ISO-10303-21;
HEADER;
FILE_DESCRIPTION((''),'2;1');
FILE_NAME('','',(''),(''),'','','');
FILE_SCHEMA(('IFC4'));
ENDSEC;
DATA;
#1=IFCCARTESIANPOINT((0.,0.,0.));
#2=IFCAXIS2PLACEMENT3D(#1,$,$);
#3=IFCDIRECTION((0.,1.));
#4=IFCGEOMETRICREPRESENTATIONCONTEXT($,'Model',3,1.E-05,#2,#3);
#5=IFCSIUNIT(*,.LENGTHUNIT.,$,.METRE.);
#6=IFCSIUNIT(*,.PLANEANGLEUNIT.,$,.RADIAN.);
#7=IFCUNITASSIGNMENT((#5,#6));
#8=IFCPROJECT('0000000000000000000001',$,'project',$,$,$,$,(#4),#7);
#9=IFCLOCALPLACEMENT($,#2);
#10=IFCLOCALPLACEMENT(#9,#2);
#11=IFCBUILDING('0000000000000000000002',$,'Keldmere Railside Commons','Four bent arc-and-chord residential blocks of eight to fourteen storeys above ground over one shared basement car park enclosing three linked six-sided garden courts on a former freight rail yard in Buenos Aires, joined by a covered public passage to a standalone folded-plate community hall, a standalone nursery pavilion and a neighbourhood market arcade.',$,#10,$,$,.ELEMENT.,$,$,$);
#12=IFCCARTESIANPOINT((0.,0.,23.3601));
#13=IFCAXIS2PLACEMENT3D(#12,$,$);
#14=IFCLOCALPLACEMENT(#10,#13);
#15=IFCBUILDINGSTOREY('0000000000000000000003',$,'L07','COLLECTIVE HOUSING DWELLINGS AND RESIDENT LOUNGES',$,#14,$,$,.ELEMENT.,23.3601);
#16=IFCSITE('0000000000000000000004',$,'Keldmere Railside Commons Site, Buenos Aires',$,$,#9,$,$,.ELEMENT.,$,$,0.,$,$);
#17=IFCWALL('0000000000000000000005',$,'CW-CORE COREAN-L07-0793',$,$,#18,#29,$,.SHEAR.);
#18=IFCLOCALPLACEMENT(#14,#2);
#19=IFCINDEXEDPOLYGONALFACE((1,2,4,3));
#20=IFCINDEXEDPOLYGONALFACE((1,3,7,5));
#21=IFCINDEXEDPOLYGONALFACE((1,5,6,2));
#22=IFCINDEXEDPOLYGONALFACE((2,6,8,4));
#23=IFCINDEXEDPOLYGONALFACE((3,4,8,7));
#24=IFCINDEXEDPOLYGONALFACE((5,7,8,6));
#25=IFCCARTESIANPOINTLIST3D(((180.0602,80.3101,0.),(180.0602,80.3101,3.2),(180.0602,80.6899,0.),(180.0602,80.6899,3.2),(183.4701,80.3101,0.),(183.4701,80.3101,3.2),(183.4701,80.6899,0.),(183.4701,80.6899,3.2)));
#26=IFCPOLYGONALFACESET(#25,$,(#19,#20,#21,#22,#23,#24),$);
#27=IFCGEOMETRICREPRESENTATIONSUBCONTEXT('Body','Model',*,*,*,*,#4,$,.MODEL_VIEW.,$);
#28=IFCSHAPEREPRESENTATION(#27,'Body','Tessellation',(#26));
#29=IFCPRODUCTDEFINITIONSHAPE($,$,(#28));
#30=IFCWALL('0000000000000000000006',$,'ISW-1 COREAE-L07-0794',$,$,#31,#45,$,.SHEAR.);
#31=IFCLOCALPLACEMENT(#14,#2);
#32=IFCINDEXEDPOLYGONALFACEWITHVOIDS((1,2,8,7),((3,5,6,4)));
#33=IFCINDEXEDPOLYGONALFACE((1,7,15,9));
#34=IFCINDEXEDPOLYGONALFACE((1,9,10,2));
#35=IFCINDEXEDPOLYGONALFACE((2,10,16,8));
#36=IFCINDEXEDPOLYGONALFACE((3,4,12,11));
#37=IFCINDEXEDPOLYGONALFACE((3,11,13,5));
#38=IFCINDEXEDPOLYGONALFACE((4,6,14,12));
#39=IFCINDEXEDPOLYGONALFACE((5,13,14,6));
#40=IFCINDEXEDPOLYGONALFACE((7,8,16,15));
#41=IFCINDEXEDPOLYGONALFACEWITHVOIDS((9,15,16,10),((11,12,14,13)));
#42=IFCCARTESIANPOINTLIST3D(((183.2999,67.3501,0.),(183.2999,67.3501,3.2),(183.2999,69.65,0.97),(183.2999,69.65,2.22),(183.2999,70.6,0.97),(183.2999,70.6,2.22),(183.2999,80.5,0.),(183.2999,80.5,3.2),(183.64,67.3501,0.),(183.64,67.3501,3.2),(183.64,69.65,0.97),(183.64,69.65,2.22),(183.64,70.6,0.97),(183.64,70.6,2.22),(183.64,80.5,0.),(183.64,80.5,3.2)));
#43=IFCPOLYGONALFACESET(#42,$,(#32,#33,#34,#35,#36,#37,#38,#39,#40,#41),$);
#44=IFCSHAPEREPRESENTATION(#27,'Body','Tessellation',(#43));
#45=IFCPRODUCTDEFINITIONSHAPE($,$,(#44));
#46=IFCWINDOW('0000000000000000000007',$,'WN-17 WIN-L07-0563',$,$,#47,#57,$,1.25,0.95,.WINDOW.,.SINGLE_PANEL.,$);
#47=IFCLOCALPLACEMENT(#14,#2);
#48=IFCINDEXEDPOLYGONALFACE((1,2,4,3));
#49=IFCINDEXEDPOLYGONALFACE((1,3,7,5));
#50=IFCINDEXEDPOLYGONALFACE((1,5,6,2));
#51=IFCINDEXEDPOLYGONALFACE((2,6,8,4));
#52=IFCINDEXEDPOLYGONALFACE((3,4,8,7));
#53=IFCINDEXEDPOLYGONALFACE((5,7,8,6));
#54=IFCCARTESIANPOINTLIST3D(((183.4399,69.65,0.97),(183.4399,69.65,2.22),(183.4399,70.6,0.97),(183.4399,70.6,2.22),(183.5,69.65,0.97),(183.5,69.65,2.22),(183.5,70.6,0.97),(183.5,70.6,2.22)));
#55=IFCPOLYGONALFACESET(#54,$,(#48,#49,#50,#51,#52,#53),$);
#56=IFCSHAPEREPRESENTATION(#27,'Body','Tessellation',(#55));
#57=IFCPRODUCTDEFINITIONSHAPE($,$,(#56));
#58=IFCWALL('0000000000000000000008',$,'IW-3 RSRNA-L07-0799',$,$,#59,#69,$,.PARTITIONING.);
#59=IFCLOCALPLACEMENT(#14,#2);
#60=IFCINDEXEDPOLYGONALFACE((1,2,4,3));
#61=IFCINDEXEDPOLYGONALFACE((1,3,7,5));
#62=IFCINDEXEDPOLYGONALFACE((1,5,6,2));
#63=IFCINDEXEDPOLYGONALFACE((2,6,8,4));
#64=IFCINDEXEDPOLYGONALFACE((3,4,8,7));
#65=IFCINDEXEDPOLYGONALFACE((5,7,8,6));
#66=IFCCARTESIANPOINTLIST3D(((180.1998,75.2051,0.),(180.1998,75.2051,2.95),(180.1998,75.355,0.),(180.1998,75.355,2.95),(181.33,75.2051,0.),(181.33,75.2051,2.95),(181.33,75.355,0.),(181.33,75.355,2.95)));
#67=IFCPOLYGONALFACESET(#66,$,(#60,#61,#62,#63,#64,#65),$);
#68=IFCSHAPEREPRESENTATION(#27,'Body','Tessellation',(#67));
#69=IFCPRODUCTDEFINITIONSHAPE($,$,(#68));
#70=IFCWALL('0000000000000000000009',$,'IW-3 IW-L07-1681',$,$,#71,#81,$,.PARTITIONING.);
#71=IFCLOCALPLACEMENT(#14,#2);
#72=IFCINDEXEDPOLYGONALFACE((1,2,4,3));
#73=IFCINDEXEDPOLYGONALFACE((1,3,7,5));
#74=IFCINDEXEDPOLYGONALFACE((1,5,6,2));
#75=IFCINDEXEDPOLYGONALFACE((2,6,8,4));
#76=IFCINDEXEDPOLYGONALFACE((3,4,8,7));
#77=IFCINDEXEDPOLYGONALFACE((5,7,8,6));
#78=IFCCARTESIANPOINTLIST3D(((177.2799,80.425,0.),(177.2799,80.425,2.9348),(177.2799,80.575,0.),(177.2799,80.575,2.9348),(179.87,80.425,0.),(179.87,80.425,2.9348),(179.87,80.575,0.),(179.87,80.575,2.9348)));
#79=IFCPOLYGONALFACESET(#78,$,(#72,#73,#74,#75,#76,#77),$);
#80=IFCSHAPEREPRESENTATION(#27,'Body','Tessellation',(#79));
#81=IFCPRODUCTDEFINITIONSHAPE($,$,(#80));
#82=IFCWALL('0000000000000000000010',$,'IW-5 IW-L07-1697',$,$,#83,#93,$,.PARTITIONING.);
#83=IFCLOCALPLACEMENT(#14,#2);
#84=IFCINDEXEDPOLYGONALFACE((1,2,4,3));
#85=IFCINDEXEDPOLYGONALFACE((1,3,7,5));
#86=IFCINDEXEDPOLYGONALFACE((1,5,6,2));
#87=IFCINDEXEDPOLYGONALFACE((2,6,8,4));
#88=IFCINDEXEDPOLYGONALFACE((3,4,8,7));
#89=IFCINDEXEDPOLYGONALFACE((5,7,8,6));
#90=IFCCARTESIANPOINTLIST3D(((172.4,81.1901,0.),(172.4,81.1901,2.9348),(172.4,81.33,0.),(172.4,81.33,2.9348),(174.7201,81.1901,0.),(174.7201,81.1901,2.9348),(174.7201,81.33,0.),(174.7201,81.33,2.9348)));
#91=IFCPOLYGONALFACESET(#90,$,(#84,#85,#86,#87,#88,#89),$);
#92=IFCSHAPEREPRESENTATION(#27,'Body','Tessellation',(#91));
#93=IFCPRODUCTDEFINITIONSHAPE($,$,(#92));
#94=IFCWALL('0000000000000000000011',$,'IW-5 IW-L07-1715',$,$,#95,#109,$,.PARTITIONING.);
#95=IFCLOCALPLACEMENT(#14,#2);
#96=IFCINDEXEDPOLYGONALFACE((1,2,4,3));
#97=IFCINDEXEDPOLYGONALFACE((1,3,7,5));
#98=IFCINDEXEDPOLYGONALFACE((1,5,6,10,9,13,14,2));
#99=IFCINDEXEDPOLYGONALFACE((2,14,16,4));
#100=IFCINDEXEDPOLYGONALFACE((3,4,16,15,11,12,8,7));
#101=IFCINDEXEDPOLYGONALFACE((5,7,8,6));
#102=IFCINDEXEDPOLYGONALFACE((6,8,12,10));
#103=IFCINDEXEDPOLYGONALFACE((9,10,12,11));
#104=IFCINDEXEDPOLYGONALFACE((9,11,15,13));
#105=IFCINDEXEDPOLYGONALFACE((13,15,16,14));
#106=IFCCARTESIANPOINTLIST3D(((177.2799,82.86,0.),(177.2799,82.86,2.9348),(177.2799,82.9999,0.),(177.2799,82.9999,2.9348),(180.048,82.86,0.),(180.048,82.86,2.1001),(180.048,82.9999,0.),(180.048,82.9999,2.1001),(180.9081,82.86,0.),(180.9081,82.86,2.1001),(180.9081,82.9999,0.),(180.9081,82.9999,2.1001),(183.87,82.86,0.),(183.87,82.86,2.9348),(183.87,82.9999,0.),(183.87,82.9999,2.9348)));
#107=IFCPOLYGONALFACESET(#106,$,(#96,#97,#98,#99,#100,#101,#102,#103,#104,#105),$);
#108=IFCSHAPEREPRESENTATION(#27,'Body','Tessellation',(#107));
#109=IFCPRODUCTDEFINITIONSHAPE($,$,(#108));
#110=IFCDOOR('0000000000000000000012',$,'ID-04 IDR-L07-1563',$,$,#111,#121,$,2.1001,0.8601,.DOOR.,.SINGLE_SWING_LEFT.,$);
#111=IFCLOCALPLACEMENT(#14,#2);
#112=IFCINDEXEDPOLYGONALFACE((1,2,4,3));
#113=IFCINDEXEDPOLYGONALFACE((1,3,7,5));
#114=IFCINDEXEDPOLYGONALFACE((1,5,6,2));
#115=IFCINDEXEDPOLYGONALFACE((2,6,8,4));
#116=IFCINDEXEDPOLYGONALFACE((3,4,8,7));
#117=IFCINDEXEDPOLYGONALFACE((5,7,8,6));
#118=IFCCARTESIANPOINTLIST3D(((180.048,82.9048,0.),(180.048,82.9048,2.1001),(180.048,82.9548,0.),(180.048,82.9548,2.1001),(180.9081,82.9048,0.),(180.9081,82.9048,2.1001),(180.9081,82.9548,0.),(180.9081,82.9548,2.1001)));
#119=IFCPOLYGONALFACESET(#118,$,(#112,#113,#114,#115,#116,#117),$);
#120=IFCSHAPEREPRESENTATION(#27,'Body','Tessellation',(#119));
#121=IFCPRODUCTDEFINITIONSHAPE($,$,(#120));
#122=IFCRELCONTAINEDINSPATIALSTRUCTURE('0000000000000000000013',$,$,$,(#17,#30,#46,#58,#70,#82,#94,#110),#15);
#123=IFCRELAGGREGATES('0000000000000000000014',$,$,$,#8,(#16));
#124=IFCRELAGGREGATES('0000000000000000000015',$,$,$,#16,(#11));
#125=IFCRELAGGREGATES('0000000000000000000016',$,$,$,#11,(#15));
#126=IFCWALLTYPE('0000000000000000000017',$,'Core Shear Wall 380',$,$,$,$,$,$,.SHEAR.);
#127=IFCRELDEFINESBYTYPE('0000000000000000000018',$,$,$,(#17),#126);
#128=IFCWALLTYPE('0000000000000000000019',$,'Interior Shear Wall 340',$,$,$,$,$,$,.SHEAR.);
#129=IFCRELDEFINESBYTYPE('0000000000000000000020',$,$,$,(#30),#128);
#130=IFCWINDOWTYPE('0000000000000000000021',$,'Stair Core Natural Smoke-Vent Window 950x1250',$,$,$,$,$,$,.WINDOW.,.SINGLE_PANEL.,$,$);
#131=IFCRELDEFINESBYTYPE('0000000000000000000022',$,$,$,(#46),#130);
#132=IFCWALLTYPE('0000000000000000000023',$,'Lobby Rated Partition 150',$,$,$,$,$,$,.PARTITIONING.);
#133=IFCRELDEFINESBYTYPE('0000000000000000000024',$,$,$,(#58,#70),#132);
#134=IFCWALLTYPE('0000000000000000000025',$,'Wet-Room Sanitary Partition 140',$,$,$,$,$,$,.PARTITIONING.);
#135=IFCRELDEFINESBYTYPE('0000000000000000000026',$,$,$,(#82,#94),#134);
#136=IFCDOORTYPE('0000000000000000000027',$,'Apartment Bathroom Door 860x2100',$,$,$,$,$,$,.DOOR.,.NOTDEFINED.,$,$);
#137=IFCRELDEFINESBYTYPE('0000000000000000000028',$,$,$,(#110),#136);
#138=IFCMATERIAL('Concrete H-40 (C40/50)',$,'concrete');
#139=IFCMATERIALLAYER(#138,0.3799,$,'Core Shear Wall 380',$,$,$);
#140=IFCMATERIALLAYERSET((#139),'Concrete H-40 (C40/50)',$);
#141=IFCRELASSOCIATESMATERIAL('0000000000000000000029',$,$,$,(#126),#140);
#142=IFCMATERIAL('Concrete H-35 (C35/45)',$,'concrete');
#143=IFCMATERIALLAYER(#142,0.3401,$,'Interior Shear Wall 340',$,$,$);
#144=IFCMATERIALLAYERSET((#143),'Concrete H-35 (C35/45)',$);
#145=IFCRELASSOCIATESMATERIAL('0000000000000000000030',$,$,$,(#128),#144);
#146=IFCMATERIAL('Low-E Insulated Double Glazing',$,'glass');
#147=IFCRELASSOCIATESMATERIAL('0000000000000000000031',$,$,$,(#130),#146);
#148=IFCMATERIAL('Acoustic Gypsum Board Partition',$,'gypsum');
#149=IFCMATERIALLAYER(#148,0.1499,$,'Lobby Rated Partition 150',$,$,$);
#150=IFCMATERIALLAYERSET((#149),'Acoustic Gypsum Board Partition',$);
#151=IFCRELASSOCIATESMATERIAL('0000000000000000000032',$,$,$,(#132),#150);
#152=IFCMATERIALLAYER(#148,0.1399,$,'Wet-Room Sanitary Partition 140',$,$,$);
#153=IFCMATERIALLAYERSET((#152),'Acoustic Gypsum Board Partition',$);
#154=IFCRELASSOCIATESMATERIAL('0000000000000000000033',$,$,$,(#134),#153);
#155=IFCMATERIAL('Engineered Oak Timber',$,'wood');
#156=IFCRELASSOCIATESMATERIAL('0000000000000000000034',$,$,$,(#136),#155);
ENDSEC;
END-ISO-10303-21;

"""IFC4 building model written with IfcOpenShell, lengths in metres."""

from ifc_helpers import new_model, si_unit, direction, frame, frame_2d, origin, place, context, subcontext, project, spatial, rectangle, extrude, material, layer, layer_set, type_object, element, fill, save


model = new_model("IFC4")

# Units and contexts
model_context = context("Model", 3, precision=1e-05, world=origin(), true_north=direction((0.0, 1.0)))
body_context = subcontext(model_context, "Body", "Model", "MODEL_VIEW")
ifc_project = project(units=[si_unit("LENGTHUNIT", "METRE"), si_unit("PLANEANGLEUNIT", "RADIAN")], contexts=[model_context])

# Site, building, storey
site_placement = place(None, origin())
site = spatial("IfcSite", under=ifc_project, at=site_placement, Name="Keldmere Railside Commons Site, Buenos Aires", CompositionType="ELEMENT", RefElevation=0.0)
building_placement = place(site_placement, origin())
building = spatial("IfcBuilding", under=site, at=building_placement, Name="Keldmere Railside Commons", Description="Four bent arc-and-chord residential blocks of eight to fourteen storeys above ground over one shared basement car park enclosing three linked six-sided garden courts on a former freight rail yard in Buenos Aires, joined by a covered public passage to a standalone folded-plate community hall, a standalone nursery pavilion and a neighbourhood market arcade.", CompositionType="ELEMENT")
storey_placement = place(building_placement, frame((0.0, 0.0, 23.3601)))
storey = spatial("IfcBuildingStorey", under=building, at=storey_placement, Name="L07", Description="COLLECTIVE HOUSING DWELLINGS AND RESIDENT LOUNGES", CompositionType="ELEMENT", Elevation=23.3601)

# Shared definitions
ifc_material_1 = material(Name="Concrete H-35 (C35/45)", Category="concrete")

# Shared definitions
ifc_material_2 = material(Name="Acoustic Gypsum Board Partition", Category="gypsum")
ifc_material_3 = material(Name="Engineered Oak Timber", Category="wood")

# Wall
ifc_material_4 = material(Name="Concrete H-40 (C40/50)", Category="concrete")
ifc_layer_1 = layer(ifc_material_4, 0.3799, Name="Core Shear Wall 380")
ifc_layer_set_1 = layer_set([ifc_layer_1], Name="Concrete H-40 (C40/50)")
wall_type_1 = type_object("IfcWallType", Name="Core Shear Wall 380", PredefinedType="SHEAR", material=ifc_layer_set_1)
wall_1_placement = place(storey_placement, frame((180.0601, 80.5, 0.0), z_axis=(0.0, 0.0, 1.0), x_axis=(1.0, 0.0, 0.0)))
element("IfcWall", 1, at=wall_1_placement, inside=storey, type_object=wall_type_1, Name="CW-CORE COREAN-L07-0793", PredefinedType="SHEAR", context=body_context, shape_type="SweptSolid", body=[
    extrude(rectangle(XDim=3.4099, YDim=0.3799, at=frame_2d((1.7051, 0.0))), origin(), (0.0, 0.0, 1.0), 3.2),
])

# Wall, opening, window
ifc_layer_2 = layer(ifc_material_1, 0.3401, Name="Interior Shear Wall 340")
ifc_layer_set_2 = layer_set([ifc_layer_2], Name="Concrete H-35 (C35/45)")
wall_type_2 = type_object("IfcWallType", Name="Interior Shear Wall 340", PredefinedType="SHEAR", material=ifc_layer_set_2)
wall_2_placement = place(storey_placement, frame((183.47, 80.5, 0.0), z_axis=(0.0, 0.0, 1.0), x_axis=(0.0, -1.0, 0.0)))
wall_2 = element("IfcWall", 2, at=wall_2_placement, inside=storey, type_object=wall_type_2, Name="ISW-1 COREAE-L07-0794", PredefinedType="SHEAR", context=body_context, shape_type="SweptSolid", body=[
    extrude(rectangle(XDim=13.1499, YDim=0.3401, at=frame_2d((6.575, 0.0))), origin(), (0.0, 0.0, 1.0), 3.2),
])
opening_1_placement = place(wall_2_placement, frame((9.8999, 0.0, 0.97)))
opening_1 = element("IfcOpeningElement", 3, at=opening_1_placement, cuts=wall_2, PredefinedType="OPENING", context=body_context, shape_type="SweptSolid", body=[
    extrude(rectangle(XDim=0.95, YDim=1.25, at=frame_2d((0.4751, 0.625))), frame((0.0, 0.1799, 0.0), z_axis=(0.0, -1.0, 0.0), x_axis=(1.0, 0.0, 0.0)), (0.0, 0.0, 1.0), 0.3601),
])
ifc_material_5 = material(Name="Low-E Insulated Double Glazing", Category="glass")
window_type = type_object("IfcWindowType", Name="Stair Core Natural Smoke-Vent Window 950x1250", PartitioningType="SINGLE_PANEL", PredefinedType="WINDOW", material=ifc_material_5)
window_placement = place(opening_1_placement, origin())
window = element("IfcWindow", 4, at=window_placement, inside=storey, type_object=window_type, Name="WN-17 WIN-L07-0563", OverallHeight=1.25, OverallWidth=0.95, PartitioningType="SINGLE_PANEL", PredefinedType="WINDOW", context=body_context, shape_type="SweptSolid", body=[
    extrude(rectangle(XDim=0.95, YDim=1.25, at=frame_2d((0.4751, 0.625))), frame((0.0, 0.03, 0.0), z_axis=(0.0, -1.0, 0.0), x_axis=(1.0, 0.0, 0.0)), (0.0, 0.0, 1.0), 0.0601),
])
fill(opening_1, window)

# Walls
ifc_layer_3 = layer(ifc_material_2, 0.1499, Name="Lobby Rated Partition 150")
ifc_layer_set_3 = layer_set([ifc_layer_3], Name="Acoustic Gypsum Board Partition")
wall_type_3 = type_object("IfcWallType", Name="Lobby Rated Partition 150", PredefinedType="PARTITIONING", material=ifc_layer_set_3)
wall_3_placement = place(storey_placement, frame((180.2, 75.28, 0.0), z_axis=(0.0, 0.0, 1.0), x_axis=(1.0, 0.0, 0.0)))
element("IfcWall", 5, at=wall_3_placement, inside=storey, type_object=wall_type_3, Name="IW-3 RSRNA-L07-0799", PredefinedType="PARTITIONING", context=body_context, shape_type="SweptSolid", body=[
    extrude(rectangle(XDim=1.1301, YDim=0.1499, at=frame_2d((0.5649, 0.0))), origin(), (0.0, 0.0, 1.0), 2.95),
])
wall_4_placement = place(storey_placement, frame((177.28, 80.5, 0.0), z_axis=(0.0, 0.0, 1.0), x_axis=(1.0, 0.0, 0.0)))
element("IfcWall", 6, at=wall_4_placement, inside=storey, type_object=wall_type_3, Name="IW-3 IW-L07-1681", PredefinedType="PARTITIONING", context=body_context, shape_type="SweptSolid", body=[
    extrude(rectangle(XDim=2.5901, YDim=0.1499, at=frame_2d((1.2949, 0.0))), origin(), (0.0, 0.0, 1.0), 2.9348),
])
ifc_layer_4 = layer(ifc_material_2, 0.1399, Name="Wet-Room Sanitary Partition 140")
ifc_layer_set_4 = layer_set([ifc_layer_4], Name="Acoustic Gypsum Board Partition")
wall_type_4 = type_object("IfcWallType", Name="Wet-Room Sanitary Partition 140", PredefinedType="PARTITIONING", material=ifc_layer_set_4)
wall_5_placement = place(storey_placement, frame((172.3999, 81.26, 0.0), z_axis=(0.0, 0.0, 1.0), x_axis=(1.0, 0.0, 0.0)))
element("IfcWall", 7, at=wall_5_placement, inside=storey, type_object=wall_type_4, Name="IW-5 IW-L07-1697", PredefinedType="PARTITIONING", context=body_context, shape_type="SweptSolid", body=[
    extrude(rectangle(XDim=2.3201, YDim=0.1399, at=frame_2d((1.1602, 0.0))), origin(), (0.0, 0.0, 1.0), 2.9348),
])

# Wall, opening, door
wall_6_placement = place(storey_placement, frame((177.28, 82.9299, 0.0), z_axis=(0.0, 0.0, 1.0), x_axis=(1.0, 0.0, 0.0)))
wall_6 = element("IfcWall", 8, at=wall_6_placement, inside=storey, type_object=wall_type_4, Name="IW-5 IW-L07-1715", PredefinedType="PARTITIONING", context=body_context, shape_type="SweptSolid", body=[
    extrude(rectangle(XDim=6.5901, YDim=0.1399, at=frame_2d((3.2949, 0.0))), origin(), (0.0, 0.0, 1.0), 2.9348),
])
opening_2_placement = place(wall_6_placement, frame((2.7678, 0.0, 0.0)))
opening_2 = element("IfcOpeningElement", 9, at=opening_2_placement, cuts=wall_6, PredefinedType="OPENING", context=body_context, shape_type="SweptSolid", body=[
    extrude(rectangle(XDim=0.8601, YDim=2.1001, at=frame_2d((0.4302, 1.05))), frame((0.0, 0.0798, 0.0), z_axis=(0.0, -1.0, 0.0), x_axis=(1.0, 0.0, 0.0)), (0.0, 0.0, 1.0), 0.1599),
])
door_type_1 = type_object("IfcDoorType", Name="Apartment Bathroom Door 860x2100", OperationType="NOTDEFINED", PredefinedType="DOOR", material=ifc_material_3)
door_1_placement = place(opening_2_placement, origin())
door_1 = element("IfcDoor", 10, at=door_1_placement, inside=storey, type_object=door_type_1, Name="ID-04 IDR-L07-1563", OperationType="SINGLE_SWING_LEFT", OverallHeight=2.1001, OverallWidth=0.8601, PredefinedType="DOOR", context=body_context, shape_type="SweptSolid", body=[
    extrude(rectangle(XDim=0.8601, YDim=2.1001, at=frame_2d((0.4302, 1.05))), frame((0.0, 0.0249, 0.0), z_axis=(0.0, -1.0, 0.0), x_axis=(1.0, 0.0, 0.0)), (0.0, 0.0, 1.0), 0.05),
])
fill(opening_2, door_1)

save(model, "model.ifc")
